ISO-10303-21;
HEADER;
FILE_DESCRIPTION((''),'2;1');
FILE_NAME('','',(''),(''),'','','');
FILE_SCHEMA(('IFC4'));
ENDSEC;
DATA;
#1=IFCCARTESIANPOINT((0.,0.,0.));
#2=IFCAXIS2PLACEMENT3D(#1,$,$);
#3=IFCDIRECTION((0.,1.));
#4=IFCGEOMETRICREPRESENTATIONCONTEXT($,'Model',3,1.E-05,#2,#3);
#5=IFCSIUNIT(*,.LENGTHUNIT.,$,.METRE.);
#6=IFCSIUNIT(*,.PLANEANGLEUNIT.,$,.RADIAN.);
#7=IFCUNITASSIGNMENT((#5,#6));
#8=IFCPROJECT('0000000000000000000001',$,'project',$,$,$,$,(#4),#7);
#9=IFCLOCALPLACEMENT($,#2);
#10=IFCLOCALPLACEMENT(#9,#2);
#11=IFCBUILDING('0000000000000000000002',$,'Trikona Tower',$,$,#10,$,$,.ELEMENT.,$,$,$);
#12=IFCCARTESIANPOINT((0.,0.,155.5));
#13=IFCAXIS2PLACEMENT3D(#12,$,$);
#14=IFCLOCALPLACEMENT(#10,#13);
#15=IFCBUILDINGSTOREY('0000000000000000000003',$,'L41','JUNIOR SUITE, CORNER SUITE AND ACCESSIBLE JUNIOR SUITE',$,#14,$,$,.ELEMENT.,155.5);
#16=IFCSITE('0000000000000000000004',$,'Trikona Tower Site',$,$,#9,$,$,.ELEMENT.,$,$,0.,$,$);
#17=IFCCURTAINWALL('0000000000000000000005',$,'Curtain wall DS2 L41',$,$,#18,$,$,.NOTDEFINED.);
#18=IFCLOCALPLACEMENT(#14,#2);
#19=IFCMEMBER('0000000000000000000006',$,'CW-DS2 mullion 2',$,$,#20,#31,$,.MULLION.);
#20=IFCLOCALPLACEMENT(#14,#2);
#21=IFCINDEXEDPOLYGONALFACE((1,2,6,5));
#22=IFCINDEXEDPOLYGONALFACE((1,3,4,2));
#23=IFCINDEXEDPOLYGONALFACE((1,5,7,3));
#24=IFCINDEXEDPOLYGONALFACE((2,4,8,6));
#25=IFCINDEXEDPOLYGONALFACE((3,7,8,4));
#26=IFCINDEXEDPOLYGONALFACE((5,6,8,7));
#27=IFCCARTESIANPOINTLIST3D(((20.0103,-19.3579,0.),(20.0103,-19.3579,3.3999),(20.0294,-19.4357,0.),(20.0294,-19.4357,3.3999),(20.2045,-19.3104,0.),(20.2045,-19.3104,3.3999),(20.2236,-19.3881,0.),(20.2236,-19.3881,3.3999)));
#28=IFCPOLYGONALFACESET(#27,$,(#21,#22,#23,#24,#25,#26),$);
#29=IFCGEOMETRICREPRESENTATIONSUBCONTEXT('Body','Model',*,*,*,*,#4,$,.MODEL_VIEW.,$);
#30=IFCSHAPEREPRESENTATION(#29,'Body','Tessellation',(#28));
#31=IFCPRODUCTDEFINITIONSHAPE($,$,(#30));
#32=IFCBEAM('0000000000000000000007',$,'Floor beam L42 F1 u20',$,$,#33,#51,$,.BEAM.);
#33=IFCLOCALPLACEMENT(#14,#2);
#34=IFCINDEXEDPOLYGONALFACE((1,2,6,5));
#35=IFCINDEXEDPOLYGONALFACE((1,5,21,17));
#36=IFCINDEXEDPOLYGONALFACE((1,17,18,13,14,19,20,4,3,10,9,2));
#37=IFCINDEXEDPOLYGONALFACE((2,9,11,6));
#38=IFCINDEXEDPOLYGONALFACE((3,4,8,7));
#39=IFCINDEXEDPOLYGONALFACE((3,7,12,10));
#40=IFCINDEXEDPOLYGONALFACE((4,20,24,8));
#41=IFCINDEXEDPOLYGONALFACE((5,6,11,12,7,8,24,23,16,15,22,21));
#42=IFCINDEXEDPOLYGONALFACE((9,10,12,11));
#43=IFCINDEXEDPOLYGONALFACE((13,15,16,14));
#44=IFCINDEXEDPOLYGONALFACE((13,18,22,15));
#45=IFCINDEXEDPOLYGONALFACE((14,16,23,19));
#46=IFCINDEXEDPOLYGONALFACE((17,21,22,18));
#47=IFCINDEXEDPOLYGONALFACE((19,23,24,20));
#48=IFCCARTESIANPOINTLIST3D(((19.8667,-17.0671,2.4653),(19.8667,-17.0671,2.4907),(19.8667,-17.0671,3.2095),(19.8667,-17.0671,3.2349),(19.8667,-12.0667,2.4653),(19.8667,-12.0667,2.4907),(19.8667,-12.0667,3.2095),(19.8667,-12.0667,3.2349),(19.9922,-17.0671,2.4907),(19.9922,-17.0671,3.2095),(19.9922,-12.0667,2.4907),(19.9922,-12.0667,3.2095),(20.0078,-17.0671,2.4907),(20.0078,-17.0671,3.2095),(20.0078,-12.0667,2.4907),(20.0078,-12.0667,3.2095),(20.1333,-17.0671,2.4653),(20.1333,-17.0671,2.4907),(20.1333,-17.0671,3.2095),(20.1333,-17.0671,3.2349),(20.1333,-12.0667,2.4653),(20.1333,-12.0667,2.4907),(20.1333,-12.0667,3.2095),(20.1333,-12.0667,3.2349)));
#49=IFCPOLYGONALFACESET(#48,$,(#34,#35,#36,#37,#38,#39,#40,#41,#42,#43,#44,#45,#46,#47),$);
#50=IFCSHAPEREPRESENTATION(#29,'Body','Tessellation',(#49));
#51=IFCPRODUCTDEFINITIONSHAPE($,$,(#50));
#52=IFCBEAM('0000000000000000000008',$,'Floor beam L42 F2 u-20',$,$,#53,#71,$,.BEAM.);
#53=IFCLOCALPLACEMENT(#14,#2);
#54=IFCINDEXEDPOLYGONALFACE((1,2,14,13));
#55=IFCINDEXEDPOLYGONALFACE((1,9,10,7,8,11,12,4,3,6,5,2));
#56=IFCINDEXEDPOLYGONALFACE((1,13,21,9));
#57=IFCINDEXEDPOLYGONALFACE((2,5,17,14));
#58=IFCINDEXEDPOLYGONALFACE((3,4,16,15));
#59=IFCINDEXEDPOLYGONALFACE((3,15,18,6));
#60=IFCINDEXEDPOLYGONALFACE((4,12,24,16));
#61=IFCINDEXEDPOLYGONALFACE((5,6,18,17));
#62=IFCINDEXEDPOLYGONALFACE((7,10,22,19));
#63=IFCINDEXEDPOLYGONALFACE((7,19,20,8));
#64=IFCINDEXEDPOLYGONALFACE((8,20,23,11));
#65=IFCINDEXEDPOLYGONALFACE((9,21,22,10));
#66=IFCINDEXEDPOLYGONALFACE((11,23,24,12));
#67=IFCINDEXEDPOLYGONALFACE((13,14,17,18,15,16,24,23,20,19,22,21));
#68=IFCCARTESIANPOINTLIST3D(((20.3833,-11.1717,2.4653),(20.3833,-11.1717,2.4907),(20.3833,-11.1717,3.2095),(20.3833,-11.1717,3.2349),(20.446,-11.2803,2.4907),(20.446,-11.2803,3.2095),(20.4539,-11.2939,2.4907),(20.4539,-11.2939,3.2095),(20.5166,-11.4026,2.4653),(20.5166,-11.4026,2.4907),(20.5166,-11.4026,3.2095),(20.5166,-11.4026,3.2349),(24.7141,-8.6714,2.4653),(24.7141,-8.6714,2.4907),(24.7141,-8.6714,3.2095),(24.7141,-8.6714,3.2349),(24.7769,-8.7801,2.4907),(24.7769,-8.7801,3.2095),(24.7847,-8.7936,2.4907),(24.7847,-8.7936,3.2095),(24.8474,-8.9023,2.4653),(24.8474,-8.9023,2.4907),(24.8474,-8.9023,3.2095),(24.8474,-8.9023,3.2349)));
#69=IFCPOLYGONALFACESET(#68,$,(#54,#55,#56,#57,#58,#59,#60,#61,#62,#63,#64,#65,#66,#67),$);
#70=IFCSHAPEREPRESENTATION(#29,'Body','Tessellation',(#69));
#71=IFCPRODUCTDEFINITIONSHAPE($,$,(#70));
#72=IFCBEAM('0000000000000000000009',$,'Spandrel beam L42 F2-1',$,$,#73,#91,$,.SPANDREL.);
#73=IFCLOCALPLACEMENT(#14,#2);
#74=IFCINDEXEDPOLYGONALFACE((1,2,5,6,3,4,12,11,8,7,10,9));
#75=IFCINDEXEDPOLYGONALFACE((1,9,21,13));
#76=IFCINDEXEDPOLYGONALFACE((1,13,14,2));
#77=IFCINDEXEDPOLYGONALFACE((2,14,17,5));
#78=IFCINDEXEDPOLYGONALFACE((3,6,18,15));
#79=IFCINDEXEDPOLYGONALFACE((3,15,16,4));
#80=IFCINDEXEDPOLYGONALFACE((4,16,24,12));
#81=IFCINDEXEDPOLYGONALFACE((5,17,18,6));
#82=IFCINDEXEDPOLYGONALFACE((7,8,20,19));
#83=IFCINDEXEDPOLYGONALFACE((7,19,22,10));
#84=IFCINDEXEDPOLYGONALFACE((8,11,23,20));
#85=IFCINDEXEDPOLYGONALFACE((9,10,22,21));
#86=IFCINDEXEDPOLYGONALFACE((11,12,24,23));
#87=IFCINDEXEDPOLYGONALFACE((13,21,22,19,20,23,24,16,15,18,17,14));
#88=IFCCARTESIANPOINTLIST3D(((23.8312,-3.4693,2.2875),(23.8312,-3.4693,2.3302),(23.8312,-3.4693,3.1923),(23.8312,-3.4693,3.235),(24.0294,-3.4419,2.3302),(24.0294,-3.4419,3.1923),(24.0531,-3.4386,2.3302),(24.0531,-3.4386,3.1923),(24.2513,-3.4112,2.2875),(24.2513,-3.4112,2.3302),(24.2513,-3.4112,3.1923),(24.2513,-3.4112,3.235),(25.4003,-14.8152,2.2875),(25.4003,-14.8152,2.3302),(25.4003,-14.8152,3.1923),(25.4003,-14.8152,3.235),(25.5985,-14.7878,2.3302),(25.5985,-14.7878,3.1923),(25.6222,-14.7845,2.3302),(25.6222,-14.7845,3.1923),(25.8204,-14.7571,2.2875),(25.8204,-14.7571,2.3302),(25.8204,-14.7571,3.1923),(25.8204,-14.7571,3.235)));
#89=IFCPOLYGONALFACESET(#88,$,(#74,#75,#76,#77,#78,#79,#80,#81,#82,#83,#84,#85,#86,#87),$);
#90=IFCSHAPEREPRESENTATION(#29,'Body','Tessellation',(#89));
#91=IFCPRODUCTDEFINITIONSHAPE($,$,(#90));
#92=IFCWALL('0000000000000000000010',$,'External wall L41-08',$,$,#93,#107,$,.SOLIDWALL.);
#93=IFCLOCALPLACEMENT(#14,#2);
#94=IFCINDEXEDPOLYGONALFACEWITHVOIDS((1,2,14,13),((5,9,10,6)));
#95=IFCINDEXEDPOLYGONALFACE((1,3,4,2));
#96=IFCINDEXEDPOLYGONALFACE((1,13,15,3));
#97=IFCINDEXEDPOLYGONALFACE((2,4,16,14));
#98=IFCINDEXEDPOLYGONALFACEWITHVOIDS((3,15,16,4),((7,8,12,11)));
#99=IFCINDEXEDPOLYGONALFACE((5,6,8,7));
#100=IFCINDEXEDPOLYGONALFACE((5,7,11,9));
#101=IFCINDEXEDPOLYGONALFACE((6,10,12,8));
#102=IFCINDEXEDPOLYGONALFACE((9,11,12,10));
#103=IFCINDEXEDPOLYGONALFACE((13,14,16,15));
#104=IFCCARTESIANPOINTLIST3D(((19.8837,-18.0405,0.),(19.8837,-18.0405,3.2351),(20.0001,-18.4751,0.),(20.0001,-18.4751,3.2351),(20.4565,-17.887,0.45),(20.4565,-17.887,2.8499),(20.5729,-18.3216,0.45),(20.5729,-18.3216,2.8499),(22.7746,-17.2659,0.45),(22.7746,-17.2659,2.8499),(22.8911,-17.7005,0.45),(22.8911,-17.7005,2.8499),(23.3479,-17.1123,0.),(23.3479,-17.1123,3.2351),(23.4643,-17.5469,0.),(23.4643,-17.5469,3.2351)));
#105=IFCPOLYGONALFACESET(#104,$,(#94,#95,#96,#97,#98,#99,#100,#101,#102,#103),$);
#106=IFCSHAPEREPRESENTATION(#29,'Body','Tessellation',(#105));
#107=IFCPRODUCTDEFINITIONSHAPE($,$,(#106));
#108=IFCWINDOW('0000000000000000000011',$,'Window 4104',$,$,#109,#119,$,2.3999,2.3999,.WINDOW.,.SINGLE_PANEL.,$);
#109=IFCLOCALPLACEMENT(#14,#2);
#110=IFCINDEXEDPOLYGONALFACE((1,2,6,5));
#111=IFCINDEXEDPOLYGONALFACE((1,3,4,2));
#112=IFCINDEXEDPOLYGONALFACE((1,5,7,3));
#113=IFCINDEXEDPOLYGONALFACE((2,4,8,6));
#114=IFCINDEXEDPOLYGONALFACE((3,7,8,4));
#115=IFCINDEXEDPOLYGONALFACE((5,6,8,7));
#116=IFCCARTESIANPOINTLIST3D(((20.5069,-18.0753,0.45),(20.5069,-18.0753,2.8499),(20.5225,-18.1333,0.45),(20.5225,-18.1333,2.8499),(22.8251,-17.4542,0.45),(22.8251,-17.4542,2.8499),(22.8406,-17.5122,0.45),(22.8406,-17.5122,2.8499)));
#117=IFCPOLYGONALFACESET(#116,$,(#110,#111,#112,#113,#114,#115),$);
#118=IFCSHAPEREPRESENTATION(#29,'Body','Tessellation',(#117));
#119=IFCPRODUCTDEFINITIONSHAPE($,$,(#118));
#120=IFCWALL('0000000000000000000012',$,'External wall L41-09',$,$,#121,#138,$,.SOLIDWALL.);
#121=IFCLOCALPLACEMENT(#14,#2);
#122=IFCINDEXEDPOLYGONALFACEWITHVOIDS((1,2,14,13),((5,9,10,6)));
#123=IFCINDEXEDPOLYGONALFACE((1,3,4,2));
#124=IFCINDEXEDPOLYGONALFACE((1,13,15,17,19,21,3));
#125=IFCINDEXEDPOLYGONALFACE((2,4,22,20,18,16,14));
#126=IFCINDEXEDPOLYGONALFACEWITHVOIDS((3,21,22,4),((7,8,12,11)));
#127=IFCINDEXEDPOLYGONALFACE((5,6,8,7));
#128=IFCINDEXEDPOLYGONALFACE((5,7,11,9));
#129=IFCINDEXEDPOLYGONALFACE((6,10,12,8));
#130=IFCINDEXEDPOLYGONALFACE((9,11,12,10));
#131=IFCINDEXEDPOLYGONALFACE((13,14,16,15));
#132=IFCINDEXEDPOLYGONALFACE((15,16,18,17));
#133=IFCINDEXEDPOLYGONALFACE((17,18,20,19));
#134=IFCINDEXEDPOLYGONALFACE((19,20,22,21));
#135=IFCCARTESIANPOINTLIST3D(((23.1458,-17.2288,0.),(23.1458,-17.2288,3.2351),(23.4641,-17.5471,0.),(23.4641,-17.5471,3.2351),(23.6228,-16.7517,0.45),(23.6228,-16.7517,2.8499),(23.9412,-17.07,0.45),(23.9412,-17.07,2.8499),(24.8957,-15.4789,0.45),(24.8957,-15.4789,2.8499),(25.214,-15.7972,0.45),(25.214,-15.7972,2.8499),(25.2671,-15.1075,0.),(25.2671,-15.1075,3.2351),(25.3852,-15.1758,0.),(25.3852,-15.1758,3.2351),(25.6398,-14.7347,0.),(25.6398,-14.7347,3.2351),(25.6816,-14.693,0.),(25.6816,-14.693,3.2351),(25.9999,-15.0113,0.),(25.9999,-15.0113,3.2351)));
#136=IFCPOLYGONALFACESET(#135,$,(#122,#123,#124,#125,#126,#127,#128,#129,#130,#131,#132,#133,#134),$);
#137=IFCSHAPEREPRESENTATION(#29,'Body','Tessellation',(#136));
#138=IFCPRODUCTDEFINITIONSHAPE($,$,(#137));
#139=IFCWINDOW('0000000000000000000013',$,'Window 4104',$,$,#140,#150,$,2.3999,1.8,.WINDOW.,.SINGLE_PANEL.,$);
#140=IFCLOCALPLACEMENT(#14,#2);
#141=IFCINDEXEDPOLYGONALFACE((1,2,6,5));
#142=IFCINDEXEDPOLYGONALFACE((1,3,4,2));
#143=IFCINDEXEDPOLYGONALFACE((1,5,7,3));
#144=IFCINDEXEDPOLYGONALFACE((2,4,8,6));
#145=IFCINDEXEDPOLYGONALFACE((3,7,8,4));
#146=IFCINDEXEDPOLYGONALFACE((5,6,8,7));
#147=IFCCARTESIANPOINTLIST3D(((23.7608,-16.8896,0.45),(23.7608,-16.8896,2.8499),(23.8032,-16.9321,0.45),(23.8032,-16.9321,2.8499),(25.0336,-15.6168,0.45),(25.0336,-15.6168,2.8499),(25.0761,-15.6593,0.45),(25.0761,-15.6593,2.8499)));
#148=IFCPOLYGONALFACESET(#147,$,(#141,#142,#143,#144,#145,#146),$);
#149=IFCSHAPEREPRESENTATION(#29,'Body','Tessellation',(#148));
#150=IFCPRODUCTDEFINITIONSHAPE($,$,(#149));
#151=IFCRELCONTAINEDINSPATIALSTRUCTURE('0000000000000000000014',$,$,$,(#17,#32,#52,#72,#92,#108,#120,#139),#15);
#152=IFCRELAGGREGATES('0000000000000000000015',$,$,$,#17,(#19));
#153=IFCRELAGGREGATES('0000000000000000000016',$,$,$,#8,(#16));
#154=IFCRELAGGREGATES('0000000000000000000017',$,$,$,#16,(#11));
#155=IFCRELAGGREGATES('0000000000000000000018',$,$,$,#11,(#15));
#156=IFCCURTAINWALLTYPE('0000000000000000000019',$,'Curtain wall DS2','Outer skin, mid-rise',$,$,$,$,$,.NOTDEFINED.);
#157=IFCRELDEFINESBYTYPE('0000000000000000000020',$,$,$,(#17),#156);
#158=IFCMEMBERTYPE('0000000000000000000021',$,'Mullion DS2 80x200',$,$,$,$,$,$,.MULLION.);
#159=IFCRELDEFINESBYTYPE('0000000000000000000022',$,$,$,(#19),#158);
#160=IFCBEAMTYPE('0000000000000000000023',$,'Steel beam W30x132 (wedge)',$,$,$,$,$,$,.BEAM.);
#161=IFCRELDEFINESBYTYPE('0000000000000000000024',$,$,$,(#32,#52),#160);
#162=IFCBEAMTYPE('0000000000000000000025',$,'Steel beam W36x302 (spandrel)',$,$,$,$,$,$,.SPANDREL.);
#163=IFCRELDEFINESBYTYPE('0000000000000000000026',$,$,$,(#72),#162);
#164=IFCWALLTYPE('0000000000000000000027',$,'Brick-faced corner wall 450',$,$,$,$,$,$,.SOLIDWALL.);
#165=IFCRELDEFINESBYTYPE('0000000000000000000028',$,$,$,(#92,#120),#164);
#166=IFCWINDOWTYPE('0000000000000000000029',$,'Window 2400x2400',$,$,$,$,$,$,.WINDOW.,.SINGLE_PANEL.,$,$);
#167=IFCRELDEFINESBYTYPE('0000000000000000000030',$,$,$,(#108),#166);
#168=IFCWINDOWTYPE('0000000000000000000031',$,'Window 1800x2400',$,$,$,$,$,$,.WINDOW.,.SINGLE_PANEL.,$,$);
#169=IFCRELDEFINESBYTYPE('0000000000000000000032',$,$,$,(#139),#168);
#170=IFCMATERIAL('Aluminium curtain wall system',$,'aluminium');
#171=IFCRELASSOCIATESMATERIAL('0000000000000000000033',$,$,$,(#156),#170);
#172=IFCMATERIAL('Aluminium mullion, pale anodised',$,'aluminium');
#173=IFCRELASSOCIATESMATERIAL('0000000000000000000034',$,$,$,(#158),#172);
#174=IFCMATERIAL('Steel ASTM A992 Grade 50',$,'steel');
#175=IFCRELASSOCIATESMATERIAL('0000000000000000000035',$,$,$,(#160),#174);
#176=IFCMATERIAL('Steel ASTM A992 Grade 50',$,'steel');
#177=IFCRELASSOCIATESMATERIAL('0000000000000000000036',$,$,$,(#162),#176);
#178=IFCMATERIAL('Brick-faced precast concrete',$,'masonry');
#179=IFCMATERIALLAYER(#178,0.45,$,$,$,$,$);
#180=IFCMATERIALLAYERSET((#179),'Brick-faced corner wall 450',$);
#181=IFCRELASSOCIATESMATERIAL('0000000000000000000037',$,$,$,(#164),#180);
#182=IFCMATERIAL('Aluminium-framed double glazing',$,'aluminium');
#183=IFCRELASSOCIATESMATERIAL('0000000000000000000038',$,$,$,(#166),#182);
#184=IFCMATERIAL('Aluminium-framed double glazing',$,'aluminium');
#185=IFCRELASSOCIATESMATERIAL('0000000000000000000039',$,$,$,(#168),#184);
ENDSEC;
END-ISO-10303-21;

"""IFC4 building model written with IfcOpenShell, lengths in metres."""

from ifc_helpers import new_model, si_unit, direction, frame, frame_2d, origin, origin_2d, place, context, subcontext, project, spatial, polyline, rectangle, i_section, outline, extrude, material, layer, layer_set, material_profile, profile_set, type_object, element, fill, aggregate, save


model = new_model("IFC4")

# Units and contexts
model_context = context("Model", 3, precision=1e-05, world=origin(), true_north=direction((0.0, 1.0)))
body_context = subcontext(model_context, "Body", "Model", "MODEL_VIEW")
ifc_project = project(units=[si_unit("LENGTHUNIT", "METRE"), si_unit("PLANEANGLEUNIT", "RADIAN")], contexts=[model_context])

# Site, building, storey
site_placement = place(None, origin())
site = spatial("IfcSite", under=ifc_project, at=site_placement, Name="Trikona Tower Site", CompositionType="ELEMENT", RefElevation=0.0)
building_placement = place(site_placement, origin())
building = spatial("IfcBuilding", under=site, at=building_placement, Name="Trikona Tower", CompositionType="ELEMENT")
storey_placement = place(building_placement, frame((0.0, 0.0, 155.5)))
storey = spatial("IfcBuildingStorey", under=building, at=storey_placement, Name="L41", Description="JUNIOR SUITE, CORNER SUITE AND ACCESSIBLE JUNIOR SUITE", CompositionType="ELEMENT", Elevation=155.5)

# Curtain wall, member
ifc_material_1 = material(Name="Aluminium curtain wall system", Category="aluminium")
curtain_wall_type = type_object("IfcCurtainWallType", Name="Curtain wall DS2", Description="Outer skin, mid-rise", PredefinedType="NOTDEFINED", material=ifc_material_1)
curtain_wall_placement = place(storey_placement, origin())
curtain_wall = element("IfcCurtainWall", 1, at=curtain_wall_placement, inside=storey, type_object=curtain_wall_type, Name="Curtain wall DS2 L41", PredefinedType="NOTDEFINED")
ifc_material_2 = material(Name="Aluminium mullion, pale anodised", Category="aluminium")
ifc_material_profile_1 = material_profile(ifc_material_2, rectangle(XDim=0.0801, YDim=0.2, at=origin_2d()), Name="MUL-DS2")
ifc_profile_set_1 = profile_set([ifc_material_profile_1], Name="Aluminium mullion, pale anodised")
member_type = type_object("IfcMemberType", Name="Mullion DS2 80x200", PredefinedType="MULLION", material=ifc_profile_set_1)
member_placement = place(storey_placement, frame((20.1169, -19.373, 0.0), z_axis=(0.0, 0.0, 1.0), x_axis=(-0.23797, 0.971272, 0.0)))
member = element("IfcMember", 2, at=member_placement, type_object=member_type, Name="CW-DS2 mullion 2", PredefinedType="MULLION", context=body_context, shape_type="SweptSolid", body=[
    extrude(rectangle(XDim=0.0801, YDim=0.2, at=origin_2d()), origin(), (0.0, 0.0, 1.0), 3.3999),
])
aggregate(curtain_wall, [member])

# Beams
ifc_material_3 = material(Name="Steel ASTM A992 Grade 50", Category="steel")
ifc_material_profile_2 = material_profile(ifc_material_3, i_section(OverallWidth=0.2666, OverallDepth=0.7695, WebThickness=0.0156, FlangeThickness=0.0254, at=origin_2d()), Name="W30X132")
ifc_profile_set_2 = profile_set([ifc_material_profile_2], Name="Steel ASTM A992 Grade 50")
beam_type_1 = type_object("IfcBeamType", Name="Steel beam W30x132 (wedge)", PredefinedType="BEAM", material=ifc_profile_set_2)
beam_1_placement = place(storey_placement, frame((20.0, -12.0667, 2.8501), z_axis=(0.0, -1.0, 0.0), x_axis=(1.0, 0.0, 0.0)))
element("IfcBeam", 3, at=beam_1_placement, inside=storey, type_object=beam_type_1, Name="Floor beam L42 F1 u20", PredefinedType="BEAM", context=body_context, shape_type="SweptSolid", body=[
    extrude(i_section(OverallWidth=0.2666, OverallDepth=0.7695, WebThickness=0.0156, FlangeThickness=0.0254, at=origin_2d()), origin(), (0.0, 0.0, 1.0), 5.0005),
])
beam_2_placement = place(storey_placement, frame((20.45, -11.2871, 2.8501), z_axis=(0.866038, 0.499977, 0.0), x_axis=(-0.499977, 0.866038, 0.0)))
element("IfcBeam", 4, at=beam_2_placement, inside=storey, type_object=beam_type_1, Name="Floor beam L42 F2 u-20", PredefinedType="BEAM", context=body_context, shape_type="SweptSolid", body=[
    extrude(i_section(OverallWidth=0.2666, OverallDepth=0.7695, WebThickness=0.0156, FlangeThickness=0.0254, at=origin_2d()), origin(), (0.0, 0.0, 1.0), 5.0007),
])
ifc_material_4 = material(Name="Steel ASTM A992 Grade 50", Category="steel")
ifc_material_profile_3 = material_profile(ifc_material_4, i_section(OverallWidth=0.4241, OverallDepth=0.9475, WebThickness=0.0239, FlangeThickness=0.0427, at=origin_2d()), Name="W36X302")
ifc_profile_set_3 = profile_set([ifc_material_profile_3], Name="Steel ASTM A992 Grade 50")
beam_type_2 = type_object("IfcBeamType", Name="Steel beam W36x302 (spandrel)", PredefinedType="SPANDREL", material=ifc_profile_set_3)
beam_3_placement = place(storey_placement, frame((25.6104, -14.7861, 2.7612), z_axis=(-0.136992, 0.990572, 0.0), x_axis=(-0.990572, -0.136992, 0.0)))
element("IfcBeam", 5, at=beam_3_placement, inside=storey, type_object=beam_type_2, Name="Spandrel beam L42 F2-1", PredefinedType="SPANDREL", context=body_context, shape_type="SweptSolid", body=[
    extrude(i_section(OverallWidth=0.4241, OverallDepth=0.9475, WebThickness=0.0239, FlangeThickness=0.0427, at=origin_2d()), origin(), (0.0, 0.0, 1.0), 11.4539),
])

# Walls, openings, windows
ifc_material_5 = material(Name="Brick-faced precast concrete", Category="masonry")
ifc_layer_1 = layer(ifc_material_5, 0.45)
ifc_layer_set_1 = layer_set([ifc_layer_1], Name="Brick-faced corner wall 450")
wall_type_1 = type_object("IfcWallType", Name="Brick-faced corner wall 450", PredefinedType="SOLIDWALL", material=ifc_layer_set_1)
wall_1_placement = place(storey_placement, frame((19.9419, -18.2578, 0.0), z_axis=(0.0, 0.0, 1.0), x_axis=(0.965925, 0.258823, 0.0)))
wall_1 = element("IfcWall", 6, at=wall_1_placement, inside=storey, type_object=wall_type_1, Name="External wall L41-08", PredefinedType="SOLIDWALL", context=body_context, shape_type="SweptSolid", body=[
    extrude(rectangle(XDim=3.5864, YDim=0.45, at=frame_2d((1.7932, 0.0))), origin(), (0.0, 0.0, 1.0), 3.2351),
])
opening_1_placement = place(wall_1_placement, frame((0.593, 0.0, 0.45)))
opening_1 = element("IfcOpeningElement", 7, at=opening_1_placement, cuts=wall_1, PredefinedType="OPENING", context=body_context, shape_type="SweptSolid", body=[
    extrude(rectangle(XDim=2.3999, YDim=2.3999, at=frame_2d((1.2, 1.2))), frame((0.0, 0.2349, 0.0), z_axis=(0.0, -1.0, 0.0), x_axis=(1.0, 0.0, 0.0)), (0.0, 0.0, 1.0), 0.47),
])
ifc_material_6 = material(Name="Aluminium-framed double glazing", Category="aluminium")
window_type_1 = type_object("IfcWindowType", Name="Window 2400x2400", PartitioningType="SINGLE_PANEL", PredefinedType="WINDOW", material=ifc_material_6)
window_1_placement = place(opening_1_placement, origin())
window_1 = element("IfcWindow", 8, at=window_1_placement, inside=storey, type_object=window_type_1, Name="Window 4104", OverallHeight=2.3999, OverallWidth=2.3999, PartitioningType="SINGLE_PANEL", PredefinedType="WINDOW", context=body_context, shape_type="SweptSolid", body=[
    extrude(rectangle(XDim=2.3999, YDim=2.3999, at=frame_2d((1.2, 1.2))), frame((0.0, 0.03, 0.0), z_axis=(0.0, -1.0, 0.0), x_axis=(1.0, 0.0, 0.0)), (0.0, 0.0, 1.0), 0.0601),
])
fill(opening_1, window_1)
wall_2_placement = place(storey_placement, frame((23.3049, -17.3879, 0.0), z_axis=(0.0, 0.0, 1.0), x_axis=(0.707107, 0.707107, 0.0)))
wall_2 = element("IfcWall", 9, at=wall_2_placement, inside=storey, type_object=wall_type_1, Name="External wall L41-09", PredefinedType="SOLIDWALL", context=body_context, shape_type="SweptSolid", body=[
    extrude(outline(polyline([(3.5862, 0.2251), (3.5271, 0.2251), (3.0352, 0.0933), (3.0, 0.2251), (0.0, 0.2251), (0.0, -0.2251), (3.5862, -0.2251), (3.5862, 0.2251)])), origin(), (0.0, 0.0, 1.0), 3.2351),
])
opening_2_placement = place(wall_2_placement, frame((0.6748, 0.0, 0.45)))
opening_2 = element("IfcOpeningElement", 10, at=opening_2_placement, cuts=wall_2, PredefinedType="OPENING", context=body_context, shape_type="SweptSolid", body=[
    extrude(rectangle(XDim=1.8, YDim=2.3999, at=frame_2d((0.8999, 1.2))), frame((0.0, 0.2349, 0.0), z_axis=(0.0, -1.0, 0.0), x_axis=(1.0, 0.0, 0.0)), (0.0, 0.0, 1.0), 0.47),
])
ifc_material_7 = material(Name="Aluminium-framed double glazing", Category="aluminium")
window_type_2 = type_object("IfcWindowType", Name="Window 1800x2400", PartitioningType="SINGLE_PANEL", PredefinedType="WINDOW", material=ifc_material_7)
window_2_placement = place(opening_2_placement, origin())
window_2 = element("IfcWindow", 11, at=window_2_placement, inside=storey, type_object=window_type_2, Name="Window 4104", OverallHeight=2.3999, OverallWidth=1.8, PartitioningType="SINGLE_PANEL", PredefinedType="WINDOW", context=body_context, shape_type="SweptSolid", body=[
    extrude(rectangle(XDim=1.8, YDim=2.3999, at=frame_2d((0.8999, 1.2))), frame((0.0, 0.03, 0.0), z_axis=(0.0, -1.0, 0.0), x_axis=(1.0, 0.0, 0.0)), (0.0, 0.0, 1.0), 0.0601),
])
fill(opening_2, window_2)

save(model, "model.ifc")
